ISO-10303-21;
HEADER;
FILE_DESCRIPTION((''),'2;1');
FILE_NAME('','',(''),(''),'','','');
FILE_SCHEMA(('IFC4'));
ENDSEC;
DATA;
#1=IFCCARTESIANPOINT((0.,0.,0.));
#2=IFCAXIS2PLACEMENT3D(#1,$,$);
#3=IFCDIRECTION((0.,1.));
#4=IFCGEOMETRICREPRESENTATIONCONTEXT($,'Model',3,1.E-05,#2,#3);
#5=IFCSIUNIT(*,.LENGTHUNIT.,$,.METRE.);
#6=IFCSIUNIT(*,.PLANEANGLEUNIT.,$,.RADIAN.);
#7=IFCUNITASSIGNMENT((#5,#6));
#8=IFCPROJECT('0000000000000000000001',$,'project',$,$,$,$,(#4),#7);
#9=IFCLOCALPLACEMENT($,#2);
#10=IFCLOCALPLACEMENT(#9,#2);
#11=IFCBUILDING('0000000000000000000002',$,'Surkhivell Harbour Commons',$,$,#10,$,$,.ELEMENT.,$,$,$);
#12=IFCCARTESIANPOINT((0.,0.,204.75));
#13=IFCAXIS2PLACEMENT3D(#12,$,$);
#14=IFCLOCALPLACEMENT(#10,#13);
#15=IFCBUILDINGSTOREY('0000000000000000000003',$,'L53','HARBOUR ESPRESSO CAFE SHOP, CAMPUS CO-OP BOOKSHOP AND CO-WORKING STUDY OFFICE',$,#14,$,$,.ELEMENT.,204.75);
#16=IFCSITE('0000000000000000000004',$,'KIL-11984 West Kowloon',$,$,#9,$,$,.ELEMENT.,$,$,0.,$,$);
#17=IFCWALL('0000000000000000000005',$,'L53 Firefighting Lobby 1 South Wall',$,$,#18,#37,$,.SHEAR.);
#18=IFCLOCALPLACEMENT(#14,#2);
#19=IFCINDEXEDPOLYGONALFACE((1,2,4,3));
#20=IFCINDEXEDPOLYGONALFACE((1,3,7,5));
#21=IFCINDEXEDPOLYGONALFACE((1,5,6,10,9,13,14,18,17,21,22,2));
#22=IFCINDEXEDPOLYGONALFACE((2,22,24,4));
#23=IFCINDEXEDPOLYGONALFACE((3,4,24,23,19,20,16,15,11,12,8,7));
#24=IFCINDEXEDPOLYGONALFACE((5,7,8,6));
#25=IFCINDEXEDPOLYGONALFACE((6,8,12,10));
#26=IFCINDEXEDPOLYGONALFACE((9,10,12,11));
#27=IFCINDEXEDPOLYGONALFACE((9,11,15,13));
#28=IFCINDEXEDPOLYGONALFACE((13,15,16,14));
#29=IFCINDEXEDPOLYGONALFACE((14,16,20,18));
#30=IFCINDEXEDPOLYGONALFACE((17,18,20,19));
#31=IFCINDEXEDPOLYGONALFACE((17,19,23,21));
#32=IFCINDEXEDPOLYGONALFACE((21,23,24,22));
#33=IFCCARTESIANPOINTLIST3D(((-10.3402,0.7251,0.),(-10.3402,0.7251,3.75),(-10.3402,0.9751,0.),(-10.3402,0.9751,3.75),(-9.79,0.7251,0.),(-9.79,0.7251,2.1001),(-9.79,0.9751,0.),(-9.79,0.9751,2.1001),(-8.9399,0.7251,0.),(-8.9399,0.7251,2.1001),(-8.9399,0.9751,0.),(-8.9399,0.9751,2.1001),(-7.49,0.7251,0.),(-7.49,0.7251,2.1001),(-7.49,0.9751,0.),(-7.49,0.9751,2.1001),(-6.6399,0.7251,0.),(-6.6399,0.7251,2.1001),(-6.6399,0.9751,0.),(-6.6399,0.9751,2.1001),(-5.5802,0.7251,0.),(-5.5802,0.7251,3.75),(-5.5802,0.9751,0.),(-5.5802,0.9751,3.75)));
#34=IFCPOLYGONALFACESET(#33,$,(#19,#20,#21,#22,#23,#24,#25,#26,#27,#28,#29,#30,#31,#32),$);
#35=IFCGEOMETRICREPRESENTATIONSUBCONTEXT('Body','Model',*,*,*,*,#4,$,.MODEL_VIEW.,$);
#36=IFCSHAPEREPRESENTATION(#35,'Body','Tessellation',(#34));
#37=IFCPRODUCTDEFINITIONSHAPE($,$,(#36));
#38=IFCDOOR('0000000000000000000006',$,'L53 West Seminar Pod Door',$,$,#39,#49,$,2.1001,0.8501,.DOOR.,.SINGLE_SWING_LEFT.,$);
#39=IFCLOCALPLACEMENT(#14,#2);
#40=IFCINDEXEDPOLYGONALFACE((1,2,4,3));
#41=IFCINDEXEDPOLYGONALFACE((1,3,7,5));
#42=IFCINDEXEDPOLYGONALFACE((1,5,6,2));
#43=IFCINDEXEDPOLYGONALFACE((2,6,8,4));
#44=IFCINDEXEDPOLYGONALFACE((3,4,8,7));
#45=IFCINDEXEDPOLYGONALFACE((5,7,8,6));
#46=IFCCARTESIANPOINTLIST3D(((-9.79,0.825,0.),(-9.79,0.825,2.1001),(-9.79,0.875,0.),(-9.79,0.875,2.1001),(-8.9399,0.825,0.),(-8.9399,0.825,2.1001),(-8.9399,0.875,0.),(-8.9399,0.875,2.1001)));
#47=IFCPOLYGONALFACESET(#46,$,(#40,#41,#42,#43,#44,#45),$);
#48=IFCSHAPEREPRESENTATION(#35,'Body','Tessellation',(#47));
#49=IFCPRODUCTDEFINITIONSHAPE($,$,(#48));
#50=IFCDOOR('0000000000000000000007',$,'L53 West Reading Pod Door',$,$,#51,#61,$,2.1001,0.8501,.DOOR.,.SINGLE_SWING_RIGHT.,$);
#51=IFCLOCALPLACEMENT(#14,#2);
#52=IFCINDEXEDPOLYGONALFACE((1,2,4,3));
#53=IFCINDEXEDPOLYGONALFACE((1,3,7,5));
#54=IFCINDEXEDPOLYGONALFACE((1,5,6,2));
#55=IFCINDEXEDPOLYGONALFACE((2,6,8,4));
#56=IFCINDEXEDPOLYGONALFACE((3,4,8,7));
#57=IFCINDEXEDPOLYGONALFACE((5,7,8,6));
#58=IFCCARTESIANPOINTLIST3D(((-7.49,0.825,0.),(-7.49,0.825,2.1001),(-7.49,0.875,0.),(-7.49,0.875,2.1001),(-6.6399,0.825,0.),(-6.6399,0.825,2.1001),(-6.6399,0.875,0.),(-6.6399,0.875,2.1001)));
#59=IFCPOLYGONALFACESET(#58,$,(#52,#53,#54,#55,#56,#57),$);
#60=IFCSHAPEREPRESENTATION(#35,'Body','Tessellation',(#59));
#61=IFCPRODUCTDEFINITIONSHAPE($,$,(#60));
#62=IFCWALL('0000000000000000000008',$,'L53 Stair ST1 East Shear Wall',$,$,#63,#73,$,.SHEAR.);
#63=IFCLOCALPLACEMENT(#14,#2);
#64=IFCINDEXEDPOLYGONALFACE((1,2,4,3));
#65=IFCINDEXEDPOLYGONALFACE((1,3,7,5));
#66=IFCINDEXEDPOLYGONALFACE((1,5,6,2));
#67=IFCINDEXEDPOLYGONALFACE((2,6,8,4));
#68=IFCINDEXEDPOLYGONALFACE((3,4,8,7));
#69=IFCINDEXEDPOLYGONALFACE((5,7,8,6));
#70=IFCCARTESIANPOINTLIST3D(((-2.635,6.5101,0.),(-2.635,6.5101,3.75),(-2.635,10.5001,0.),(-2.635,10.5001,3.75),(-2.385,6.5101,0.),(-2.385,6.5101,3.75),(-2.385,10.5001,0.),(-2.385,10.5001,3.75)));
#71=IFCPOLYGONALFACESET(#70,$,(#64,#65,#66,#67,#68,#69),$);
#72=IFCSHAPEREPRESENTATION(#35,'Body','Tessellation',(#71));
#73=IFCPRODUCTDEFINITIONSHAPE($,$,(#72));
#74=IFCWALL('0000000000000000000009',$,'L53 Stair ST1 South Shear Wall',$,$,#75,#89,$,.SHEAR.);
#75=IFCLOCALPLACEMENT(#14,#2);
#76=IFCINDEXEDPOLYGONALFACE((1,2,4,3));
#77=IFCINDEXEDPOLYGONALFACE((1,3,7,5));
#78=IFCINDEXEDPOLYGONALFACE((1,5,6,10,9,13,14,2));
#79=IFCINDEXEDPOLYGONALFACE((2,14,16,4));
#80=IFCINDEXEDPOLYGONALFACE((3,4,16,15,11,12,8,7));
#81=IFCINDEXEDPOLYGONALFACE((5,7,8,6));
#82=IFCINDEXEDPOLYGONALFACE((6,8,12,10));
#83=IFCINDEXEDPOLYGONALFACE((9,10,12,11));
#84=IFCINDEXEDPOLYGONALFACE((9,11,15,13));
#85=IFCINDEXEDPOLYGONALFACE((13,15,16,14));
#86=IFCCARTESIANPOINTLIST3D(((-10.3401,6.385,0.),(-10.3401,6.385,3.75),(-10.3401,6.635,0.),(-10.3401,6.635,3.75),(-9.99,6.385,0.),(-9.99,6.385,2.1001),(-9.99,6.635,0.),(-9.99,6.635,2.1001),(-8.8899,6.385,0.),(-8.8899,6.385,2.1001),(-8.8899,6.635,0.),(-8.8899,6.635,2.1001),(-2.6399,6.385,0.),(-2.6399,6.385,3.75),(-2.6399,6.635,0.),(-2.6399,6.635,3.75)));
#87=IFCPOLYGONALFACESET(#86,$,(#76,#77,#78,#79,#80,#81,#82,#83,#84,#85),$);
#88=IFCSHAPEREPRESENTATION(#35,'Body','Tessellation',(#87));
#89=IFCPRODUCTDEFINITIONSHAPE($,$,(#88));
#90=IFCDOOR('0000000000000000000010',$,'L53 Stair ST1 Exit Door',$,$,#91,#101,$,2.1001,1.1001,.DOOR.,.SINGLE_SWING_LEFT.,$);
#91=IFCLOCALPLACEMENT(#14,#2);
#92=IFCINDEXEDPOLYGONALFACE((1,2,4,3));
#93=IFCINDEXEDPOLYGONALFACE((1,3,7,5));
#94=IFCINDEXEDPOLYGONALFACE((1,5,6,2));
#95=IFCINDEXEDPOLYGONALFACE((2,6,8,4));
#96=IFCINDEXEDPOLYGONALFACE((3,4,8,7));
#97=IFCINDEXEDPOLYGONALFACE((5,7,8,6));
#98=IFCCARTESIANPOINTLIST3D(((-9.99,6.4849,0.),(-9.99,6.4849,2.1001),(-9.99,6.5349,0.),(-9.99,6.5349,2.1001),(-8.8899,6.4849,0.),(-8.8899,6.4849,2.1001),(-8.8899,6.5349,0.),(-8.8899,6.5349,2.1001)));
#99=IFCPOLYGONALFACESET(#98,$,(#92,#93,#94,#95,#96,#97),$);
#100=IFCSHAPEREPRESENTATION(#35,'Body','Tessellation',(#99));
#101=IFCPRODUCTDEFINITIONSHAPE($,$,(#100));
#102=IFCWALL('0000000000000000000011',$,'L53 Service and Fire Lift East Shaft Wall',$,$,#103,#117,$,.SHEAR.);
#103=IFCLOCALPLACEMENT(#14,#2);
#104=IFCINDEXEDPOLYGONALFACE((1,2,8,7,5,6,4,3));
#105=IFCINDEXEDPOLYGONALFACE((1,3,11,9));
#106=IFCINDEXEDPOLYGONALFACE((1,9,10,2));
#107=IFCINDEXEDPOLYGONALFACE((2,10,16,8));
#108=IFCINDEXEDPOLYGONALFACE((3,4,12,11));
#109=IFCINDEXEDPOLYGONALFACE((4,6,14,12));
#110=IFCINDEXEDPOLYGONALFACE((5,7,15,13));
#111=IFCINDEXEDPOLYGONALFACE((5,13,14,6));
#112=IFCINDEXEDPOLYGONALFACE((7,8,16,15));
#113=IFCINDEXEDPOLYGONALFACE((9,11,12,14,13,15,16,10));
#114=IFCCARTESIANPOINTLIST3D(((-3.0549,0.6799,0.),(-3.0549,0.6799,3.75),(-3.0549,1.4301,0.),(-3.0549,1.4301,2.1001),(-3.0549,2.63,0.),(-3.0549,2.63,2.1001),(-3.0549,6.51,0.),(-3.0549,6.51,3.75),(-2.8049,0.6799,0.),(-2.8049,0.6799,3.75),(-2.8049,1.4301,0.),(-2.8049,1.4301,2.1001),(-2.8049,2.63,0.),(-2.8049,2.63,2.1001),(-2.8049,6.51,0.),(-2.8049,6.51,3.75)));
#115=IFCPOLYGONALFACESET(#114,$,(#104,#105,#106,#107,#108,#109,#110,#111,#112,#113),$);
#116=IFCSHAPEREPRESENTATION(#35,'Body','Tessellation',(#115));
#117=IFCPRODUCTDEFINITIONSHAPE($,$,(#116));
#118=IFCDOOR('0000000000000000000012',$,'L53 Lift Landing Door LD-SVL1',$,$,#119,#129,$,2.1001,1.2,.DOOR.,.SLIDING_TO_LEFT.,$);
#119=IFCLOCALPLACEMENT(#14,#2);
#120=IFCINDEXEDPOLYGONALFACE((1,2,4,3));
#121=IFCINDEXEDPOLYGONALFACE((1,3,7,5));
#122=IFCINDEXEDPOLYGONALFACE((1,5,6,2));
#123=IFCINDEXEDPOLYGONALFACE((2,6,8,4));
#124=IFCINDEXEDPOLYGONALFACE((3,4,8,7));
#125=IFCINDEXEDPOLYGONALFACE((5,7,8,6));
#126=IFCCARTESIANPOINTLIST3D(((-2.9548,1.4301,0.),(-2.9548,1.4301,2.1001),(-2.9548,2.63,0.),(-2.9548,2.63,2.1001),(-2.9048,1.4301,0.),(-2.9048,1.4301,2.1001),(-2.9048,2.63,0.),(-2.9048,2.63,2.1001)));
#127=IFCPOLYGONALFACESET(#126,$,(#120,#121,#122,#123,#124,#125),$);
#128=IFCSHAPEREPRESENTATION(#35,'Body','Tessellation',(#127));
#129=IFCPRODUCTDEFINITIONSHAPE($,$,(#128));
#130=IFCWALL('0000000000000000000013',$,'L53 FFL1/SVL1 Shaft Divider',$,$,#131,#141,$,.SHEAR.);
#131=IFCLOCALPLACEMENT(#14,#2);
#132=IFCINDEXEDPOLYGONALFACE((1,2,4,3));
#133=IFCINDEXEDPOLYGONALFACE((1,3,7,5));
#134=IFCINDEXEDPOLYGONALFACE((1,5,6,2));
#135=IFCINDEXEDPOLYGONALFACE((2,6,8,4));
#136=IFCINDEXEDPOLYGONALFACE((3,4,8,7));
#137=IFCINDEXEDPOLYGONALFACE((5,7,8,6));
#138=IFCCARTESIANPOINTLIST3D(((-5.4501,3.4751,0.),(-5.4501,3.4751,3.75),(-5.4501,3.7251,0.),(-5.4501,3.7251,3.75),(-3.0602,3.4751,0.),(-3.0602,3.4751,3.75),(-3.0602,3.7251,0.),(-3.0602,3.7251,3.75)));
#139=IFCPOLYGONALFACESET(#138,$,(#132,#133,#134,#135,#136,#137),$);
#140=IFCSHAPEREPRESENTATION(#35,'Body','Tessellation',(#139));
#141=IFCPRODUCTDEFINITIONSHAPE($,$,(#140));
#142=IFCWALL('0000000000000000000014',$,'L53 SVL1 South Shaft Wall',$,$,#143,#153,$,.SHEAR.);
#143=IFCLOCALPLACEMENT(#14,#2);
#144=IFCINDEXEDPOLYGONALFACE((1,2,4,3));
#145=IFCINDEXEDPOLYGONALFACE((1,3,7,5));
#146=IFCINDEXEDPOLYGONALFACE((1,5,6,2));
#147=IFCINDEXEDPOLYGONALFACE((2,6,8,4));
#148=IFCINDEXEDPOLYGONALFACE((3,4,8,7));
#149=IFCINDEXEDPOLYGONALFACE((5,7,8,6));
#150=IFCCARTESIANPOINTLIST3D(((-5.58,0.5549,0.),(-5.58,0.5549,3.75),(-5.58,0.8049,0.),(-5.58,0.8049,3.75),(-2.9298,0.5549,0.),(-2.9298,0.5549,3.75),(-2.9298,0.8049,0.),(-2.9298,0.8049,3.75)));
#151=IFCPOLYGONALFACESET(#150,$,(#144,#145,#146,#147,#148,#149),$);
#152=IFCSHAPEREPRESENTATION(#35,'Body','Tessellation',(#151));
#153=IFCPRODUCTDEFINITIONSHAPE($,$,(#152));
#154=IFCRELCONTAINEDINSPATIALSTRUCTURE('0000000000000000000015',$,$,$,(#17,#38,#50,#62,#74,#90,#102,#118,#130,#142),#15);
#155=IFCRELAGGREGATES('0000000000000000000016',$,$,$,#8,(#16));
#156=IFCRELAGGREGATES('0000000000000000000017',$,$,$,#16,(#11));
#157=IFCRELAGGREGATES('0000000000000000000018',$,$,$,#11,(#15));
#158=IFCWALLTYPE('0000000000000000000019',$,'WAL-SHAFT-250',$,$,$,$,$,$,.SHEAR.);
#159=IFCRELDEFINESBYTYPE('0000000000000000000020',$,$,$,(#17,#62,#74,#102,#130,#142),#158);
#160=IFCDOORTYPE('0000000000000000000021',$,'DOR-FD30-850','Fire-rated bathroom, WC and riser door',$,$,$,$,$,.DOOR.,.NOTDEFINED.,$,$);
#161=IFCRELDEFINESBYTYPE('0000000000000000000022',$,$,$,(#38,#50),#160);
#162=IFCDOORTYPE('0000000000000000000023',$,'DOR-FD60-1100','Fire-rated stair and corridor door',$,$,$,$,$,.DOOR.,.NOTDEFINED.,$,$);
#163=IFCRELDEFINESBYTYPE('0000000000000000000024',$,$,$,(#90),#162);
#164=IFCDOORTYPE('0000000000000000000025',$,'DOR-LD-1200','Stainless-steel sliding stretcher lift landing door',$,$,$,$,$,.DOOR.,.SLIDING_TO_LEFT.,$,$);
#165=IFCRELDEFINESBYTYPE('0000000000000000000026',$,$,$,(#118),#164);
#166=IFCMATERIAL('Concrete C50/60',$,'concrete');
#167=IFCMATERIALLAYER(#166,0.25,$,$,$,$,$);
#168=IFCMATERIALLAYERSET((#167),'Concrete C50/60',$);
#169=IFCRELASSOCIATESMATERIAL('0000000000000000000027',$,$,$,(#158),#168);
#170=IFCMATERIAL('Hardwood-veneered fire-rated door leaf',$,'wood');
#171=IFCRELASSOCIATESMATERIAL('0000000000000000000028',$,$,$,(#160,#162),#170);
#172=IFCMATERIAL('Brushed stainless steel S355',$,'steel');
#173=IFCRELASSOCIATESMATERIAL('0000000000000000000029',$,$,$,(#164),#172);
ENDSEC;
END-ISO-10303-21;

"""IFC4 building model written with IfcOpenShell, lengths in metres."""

from ifc_helpers import new_model, si_unit, direction, frame, frame_2d, origin, place, context, subcontext, project, spatial, rectangle, extrude, material, layer, layer_set, type_object, element, fill, save


model = new_model("IFC4")

# Units and contexts
model_context = context("Model", 3, precision=1e-05, world=origin(), true_north=direction((0.0, 1.0)))
body_context = subcontext(model_context, "Body", "Model", "MODEL_VIEW")
ifc_project = project(units=[si_unit("LENGTHUNIT", "METRE"), si_unit("PLANEANGLEUNIT", "RADIAN")], contexts=[model_context])

# Site, building, storey
site_placement = place(None, origin())
site = spatial("IfcSite", under=ifc_project, at=site_placement, Name="KIL-11984 West Kowloon", CompositionType="ELEMENT", RefElevation=0.0)
building_placement = place(site_placement, origin())
building = spatial("IfcBuilding", under=site, at=building_placement, Name="Surkhivell Harbour Commons", CompositionType="ELEMENT")
storey_placement = place(building_placement, frame((0.0, 0.0, 204.75)))
storey = spatial("IfcBuildingStorey", under=building, at=storey_placement, Name="L53", Description="HARBOUR ESPRESSO CAFE SHOP, CAMPUS CO-OP BOOKSHOP AND CO-WORKING STUDY OFFICE", CompositionType="ELEMENT", Elevation=204.75)

# Shared definitions
ifc_material_1 = material(Name="Concrete C50/60", Category="concrete")
ifc_layer_1 = layer(ifc_material_1, 0.25)
ifc_layer_set_1 = layer_set([ifc_layer_1], Name="Concrete C50/60")
wall_type_1 = type_object("IfcWallType", Name="WAL-SHAFT-250", PredefinedType="SHEAR", material=ifc_layer_set_1)
ifc_material_2 = material(Name="Brushed stainless steel S355", Category="steel")

# Wall, openings, doors
wall_1_placement = place(storey_placement, frame((-10.3401, 0.8501, 0.0), z_axis=(0.0, 0.0, 1.0), x_axis=(1.0, 0.0, 0.0)))
wall_1 = element("IfcWall", 1, at=wall_1_placement, inside=storey, type_object=wall_type_1, Name="L53 Firefighting Lobby 1 South Wall", PredefinedType="SHEAR", context=body_context, shape_type="SweptSolid", body=[
    extrude(rectangle(XDim=4.76, YDim=0.25, at=frame_2d((2.3799, 0.0))), origin(), (0.0, 0.0, 1.0), 3.75),
])
opening_1_placement = place(wall_1_placement, frame((0.55, 0.0, 0.0)))
opening_1 = element("IfcOpeningElement", 2, at=opening_1_placement, cuts=wall_1, PredefinedType="OPENING", context=body_context, shape_type="SweptSolid", body=[
    extrude(rectangle(XDim=0.8501, YDim=2.1001, at=frame_2d((0.425, 1.05))), frame((0.0, 0.135, 0.0), z_axis=(0.0, -1.0, 0.0), x_axis=(1.0, 0.0, 0.0)), (0.0, 0.0, 1.0), 0.27),
])
opening_2_placement = place(wall_1_placement, frame((2.8501, 0.0, 0.0)))
opening_2 = element("IfcOpeningElement", 3, at=opening_2_placement, cuts=wall_1, PredefinedType="OPENING", context=body_context, shape_type="SweptSolid", body=[
    extrude(rectangle(XDim=0.8501, YDim=2.1001, at=frame_2d((0.425, 1.05))), frame((0.0, 0.135, 0.0), z_axis=(0.0, -1.0, 0.0), x_axis=(1.0, 0.0, 0.0)), (0.0, 0.0, 1.0), 0.27),
])
ifc_material_3 = material(Name="Hardwood-veneered fire-rated door leaf", Category="wood")
door_type_1 = type_object("IfcDoorType", Name="DOR-FD30-850", Description="Fire-rated bathroom, WC and riser door", OperationType="NOTDEFINED", PredefinedType="DOOR", material=ifc_material_3)
door_1_placement = place(opening_1_placement, origin())
door_1 = element("IfcDoor", 4, at=door_1_placement, inside=storey, type_object=door_type_1, Name="L53 West Seminar Pod Door", OperationType="SINGLE_SWING_LEFT", OverallHeight=2.1001, OverallWidth=0.8501, PredefinedType="DOOR", context=body_context, shape_type="SweptSolid", body=[
    extrude(rectangle(XDim=0.8501, YDim=2.1001, at=frame_2d((0.425, 1.05))), frame((0.0, 0.0249, 0.0), z_axis=(0.0, -1.0, 0.0), x_axis=(1.0, 0.0, 0.0)), (0.0, 0.0, 1.0), 0.05),
])
fill(opening_1, door_1)
door_2_placement = place(opening_2_placement, origin())
door_2 = element("IfcDoor", 5, at=door_2_placement, inside=storey, type_object=door_type_1, Name="L53 West Reading Pod Door", OperationType="SINGLE_SWING_RIGHT", OverallHeight=2.1001, OverallWidth=0.8501, PredefinedType="DOOR", context=body_context, shape_type="SweptSolid", body=[
    extrude(rectangle(XDim=0.8501, YDim=2.1001, at=frame_2d((0.425, 1.05))), frame((0.0, 0.0249, 0.0), z_axis=(0.0, -1.0, 0.0), x_axis=(1.0, 0.0, 0.0)), (0.0, 0.0, 1.0), 0.05),
])
fill(opening_2, door_2)

# Wall
wall_2_placement = place(storey_placement, frame((-2.51, 6.51, 0.0), z_axis=(0.0, 0.0, 1.0), x_axis=(0.0, 1.0, 0.0)))
element("IfcWall", 6, at=wall_2_placement, inside=storey, type_object=wall_type_1, Name="L53 Stair ST1 East Shear Wall", PredefinedType="SHEAR", context=body_context, shape_type="SweptSolid", body=[
    extrude(rectangle(XDim=3.99, YDim=0.25, at=frame_2d((1.9951, 0.0))), origin(), (0.0, 0.0, 1.0), 3.75),
])

# Walls, openings, doors
wall_3_placement = place(storey_placement, frame((-10.3401, 6.51, 0.0), z_axis=(0.0, 0.0, 1.0), x_axis=(1.0, 0.0, 0.0)))
wall_3 = element("IfcWall", 7, at=wall_3_placement, inside=storey, type_object=wall_type_1, Name="L53 Stair ST1 South Shear Wall", PredefinedType="SHEAR", context=body_context, shape_type="SweptSolid", body=[
    extrude(rectangle(XDim=7.7002, YDim=0.25, at=frame_2d((3.8501, 0.0))), origin(), (0.0, 0.0, 1.0), 3.75),
])
opening_3_placement = place(wall_3_placement, frame((0.3501, 0.0, 0.0)))
opening_3 = element("IfcOpeningElement", 8, at=opening_3_placement, cuts=wall_3, PredefinedType="OPENING", context=body_context, shape_type="SweptSolid", body=[
    extrude(rectangle(XDim=1.1001, YDim=2.1001, at=frame_2d((0.55, 1.05))), frame((0.0, 0.135, 0.0), z_axis=(0.0, -1.0, 0.0), x_axis=(1.0, 0.0, 0.0)), (0.0, 0.0, 1.0), 0.27),
])
door_type_2 = type_object("IfcDoorType", Name="DOR-FD60-1100", Description="Fire-rated stair and corridor door", OperationType="NOTDEFINED", PredefinedType="DOOR", material=ifc_material_3)
door_3_placement = place(opening_3_placement, origin())
door_3 = element("IfcDoor", 9, at=door_3_placement, inside=storey, type_object=door_type_2, Name="L53 Stair ST1 Exit Door", OperationType="SINGLE_SWING_LEFT", OverallHeight=2.1001, OverallWidth=1.1001, PredefinedType="DOOR", context=body_context, shape_type="SweptSolid", body=[
    extrude(rectangle(XDim=1.1001, YDim=2.1001, at=frame_2d((0.55, 1.05))), frame((0.0, 0.0249, 0.0), z_axis=(0.0, -1.0, 0.0), x_axis=(1.0, 0.0, 0.0)), (0.0, 0.0, 1.0), 0.05),
])
fill(opening_3, door_3)
wall_4_placement = place(storey_placement, frame((-2.9299, 0.6799, 0.0), z_axis=(0.0, 0.0, 1.0), x_axis=(0.0, 1.0, 0.0)))
wall_4 = element("IfcWall", 10, at=wall_4_placement, inside=storey, type_object=wall_type_1, Name="L53 Service and Fire Lift East Shaft Wall", PredefinedType="SHEAR", context=body_context, shape_type="SweptSolid", body=[
    extrude(rectangle(XDim=5.8301, YDim=0.25, at=frame_2d((2.915, 0.0))), origin(), (0.0, 0.0, 1.0), 3.75),
])
opening_4_placement = place(wall_4_placement, frame((0.75, 0.0, 0.0)))
opening_4 = element("IfcOpeningElement", 11, at=opening_4_placement, cuts=wall_4, PredefinedType="OPENING", context=body_context, shape_type="SweptSolid", body=[
    extrude(rectangle(XDim=1.2, YDim=2.1001, at=frame_2d((0.6001, 1.05))), frame((0.0, 0.135, 0.0), z_axis=(0.0, -1.0, 0.0), x_axis=(1.0, 0.0, 0.0)), (0.0, 0.0, 1.0), 0.27),
])
door_type_3 = type_object("IfcDoorType", Name="DOR-LD-1200", Description="Stainless-steel sliding stretcher lift landing door", OperationType="SLIDING_TO_LEFT", PredefinedType="DOOR", material=ifc_material_2)
door_4_placement = place(opening_4_placement, origin())
door_4 = element("IfcDoor", 12, at=door_4_placement, inside=storey, type_object=door_type_3, Name="L53 Lift Landing Door LD-SVL1", OperationType="SLIDING_TO_LEFT", OverallHeight=2.1001, OverallWidth=1.2, PredefinedType="DOOR", context=body_context, shape_type="SweptSolid", body=[
    extrude(rectangle(XDim=1.2, YDim=2.1001, at=frame_2d((0.6001, 1.05))), frame((0.0, 0.0249, 0.0), z_axis=(0.0, -1.0, 0.0), x_axis=(1.0, 0.0, 0.0)), (0.0, 0.0, 1.0), 0.05),
])
fill(opening_4, door_4)

# Walls
wall_5_placement = place(storey_placement, frame((-5.45, 3.6001, 0.0), z_axis=(0.0, 0.0, 1.0), x_axis=(1.0, 0.0, 0.0)))
element("IfcWall", 13, at=wall_5_placement, inside=storey, type_object=wall_type_1, Name="L53 FFL1/SVL1 Shaft Divider", PredefinedType="SHEAR", context=body_context, shape_type="SweptSolid", body=[
    extrude(rectangle(XDim=2.3899, YDim=0.25, at=frame_2d((1.1948, 0.0))), origin(), (0.0, 0.0, 1.0), 3.75),
])
wall_6_placement = place(storey_placement, frame((-5.5801, 0.6799, 0.0), z_axis=(0.0, 0.0, 1.0), x_axis=(1.0, 0.0, 0.0)))
element("IfcWall", 14, at=wall_6_placement, inside=storey, type_object=wall_type_1, Name="L53 SVL1 South Shaft Wall", PredefinedType="SHEAR", context=body_context, shape_type="SweptSolid", body=[
    extrude(rectangle(XDim=2.6501, YDim=0.25, at=frame_2d((1.3252, 0.0))), origin(), (0.0, 0.0, 1.0), 3.75),
])

save(model, "model.ifc")
